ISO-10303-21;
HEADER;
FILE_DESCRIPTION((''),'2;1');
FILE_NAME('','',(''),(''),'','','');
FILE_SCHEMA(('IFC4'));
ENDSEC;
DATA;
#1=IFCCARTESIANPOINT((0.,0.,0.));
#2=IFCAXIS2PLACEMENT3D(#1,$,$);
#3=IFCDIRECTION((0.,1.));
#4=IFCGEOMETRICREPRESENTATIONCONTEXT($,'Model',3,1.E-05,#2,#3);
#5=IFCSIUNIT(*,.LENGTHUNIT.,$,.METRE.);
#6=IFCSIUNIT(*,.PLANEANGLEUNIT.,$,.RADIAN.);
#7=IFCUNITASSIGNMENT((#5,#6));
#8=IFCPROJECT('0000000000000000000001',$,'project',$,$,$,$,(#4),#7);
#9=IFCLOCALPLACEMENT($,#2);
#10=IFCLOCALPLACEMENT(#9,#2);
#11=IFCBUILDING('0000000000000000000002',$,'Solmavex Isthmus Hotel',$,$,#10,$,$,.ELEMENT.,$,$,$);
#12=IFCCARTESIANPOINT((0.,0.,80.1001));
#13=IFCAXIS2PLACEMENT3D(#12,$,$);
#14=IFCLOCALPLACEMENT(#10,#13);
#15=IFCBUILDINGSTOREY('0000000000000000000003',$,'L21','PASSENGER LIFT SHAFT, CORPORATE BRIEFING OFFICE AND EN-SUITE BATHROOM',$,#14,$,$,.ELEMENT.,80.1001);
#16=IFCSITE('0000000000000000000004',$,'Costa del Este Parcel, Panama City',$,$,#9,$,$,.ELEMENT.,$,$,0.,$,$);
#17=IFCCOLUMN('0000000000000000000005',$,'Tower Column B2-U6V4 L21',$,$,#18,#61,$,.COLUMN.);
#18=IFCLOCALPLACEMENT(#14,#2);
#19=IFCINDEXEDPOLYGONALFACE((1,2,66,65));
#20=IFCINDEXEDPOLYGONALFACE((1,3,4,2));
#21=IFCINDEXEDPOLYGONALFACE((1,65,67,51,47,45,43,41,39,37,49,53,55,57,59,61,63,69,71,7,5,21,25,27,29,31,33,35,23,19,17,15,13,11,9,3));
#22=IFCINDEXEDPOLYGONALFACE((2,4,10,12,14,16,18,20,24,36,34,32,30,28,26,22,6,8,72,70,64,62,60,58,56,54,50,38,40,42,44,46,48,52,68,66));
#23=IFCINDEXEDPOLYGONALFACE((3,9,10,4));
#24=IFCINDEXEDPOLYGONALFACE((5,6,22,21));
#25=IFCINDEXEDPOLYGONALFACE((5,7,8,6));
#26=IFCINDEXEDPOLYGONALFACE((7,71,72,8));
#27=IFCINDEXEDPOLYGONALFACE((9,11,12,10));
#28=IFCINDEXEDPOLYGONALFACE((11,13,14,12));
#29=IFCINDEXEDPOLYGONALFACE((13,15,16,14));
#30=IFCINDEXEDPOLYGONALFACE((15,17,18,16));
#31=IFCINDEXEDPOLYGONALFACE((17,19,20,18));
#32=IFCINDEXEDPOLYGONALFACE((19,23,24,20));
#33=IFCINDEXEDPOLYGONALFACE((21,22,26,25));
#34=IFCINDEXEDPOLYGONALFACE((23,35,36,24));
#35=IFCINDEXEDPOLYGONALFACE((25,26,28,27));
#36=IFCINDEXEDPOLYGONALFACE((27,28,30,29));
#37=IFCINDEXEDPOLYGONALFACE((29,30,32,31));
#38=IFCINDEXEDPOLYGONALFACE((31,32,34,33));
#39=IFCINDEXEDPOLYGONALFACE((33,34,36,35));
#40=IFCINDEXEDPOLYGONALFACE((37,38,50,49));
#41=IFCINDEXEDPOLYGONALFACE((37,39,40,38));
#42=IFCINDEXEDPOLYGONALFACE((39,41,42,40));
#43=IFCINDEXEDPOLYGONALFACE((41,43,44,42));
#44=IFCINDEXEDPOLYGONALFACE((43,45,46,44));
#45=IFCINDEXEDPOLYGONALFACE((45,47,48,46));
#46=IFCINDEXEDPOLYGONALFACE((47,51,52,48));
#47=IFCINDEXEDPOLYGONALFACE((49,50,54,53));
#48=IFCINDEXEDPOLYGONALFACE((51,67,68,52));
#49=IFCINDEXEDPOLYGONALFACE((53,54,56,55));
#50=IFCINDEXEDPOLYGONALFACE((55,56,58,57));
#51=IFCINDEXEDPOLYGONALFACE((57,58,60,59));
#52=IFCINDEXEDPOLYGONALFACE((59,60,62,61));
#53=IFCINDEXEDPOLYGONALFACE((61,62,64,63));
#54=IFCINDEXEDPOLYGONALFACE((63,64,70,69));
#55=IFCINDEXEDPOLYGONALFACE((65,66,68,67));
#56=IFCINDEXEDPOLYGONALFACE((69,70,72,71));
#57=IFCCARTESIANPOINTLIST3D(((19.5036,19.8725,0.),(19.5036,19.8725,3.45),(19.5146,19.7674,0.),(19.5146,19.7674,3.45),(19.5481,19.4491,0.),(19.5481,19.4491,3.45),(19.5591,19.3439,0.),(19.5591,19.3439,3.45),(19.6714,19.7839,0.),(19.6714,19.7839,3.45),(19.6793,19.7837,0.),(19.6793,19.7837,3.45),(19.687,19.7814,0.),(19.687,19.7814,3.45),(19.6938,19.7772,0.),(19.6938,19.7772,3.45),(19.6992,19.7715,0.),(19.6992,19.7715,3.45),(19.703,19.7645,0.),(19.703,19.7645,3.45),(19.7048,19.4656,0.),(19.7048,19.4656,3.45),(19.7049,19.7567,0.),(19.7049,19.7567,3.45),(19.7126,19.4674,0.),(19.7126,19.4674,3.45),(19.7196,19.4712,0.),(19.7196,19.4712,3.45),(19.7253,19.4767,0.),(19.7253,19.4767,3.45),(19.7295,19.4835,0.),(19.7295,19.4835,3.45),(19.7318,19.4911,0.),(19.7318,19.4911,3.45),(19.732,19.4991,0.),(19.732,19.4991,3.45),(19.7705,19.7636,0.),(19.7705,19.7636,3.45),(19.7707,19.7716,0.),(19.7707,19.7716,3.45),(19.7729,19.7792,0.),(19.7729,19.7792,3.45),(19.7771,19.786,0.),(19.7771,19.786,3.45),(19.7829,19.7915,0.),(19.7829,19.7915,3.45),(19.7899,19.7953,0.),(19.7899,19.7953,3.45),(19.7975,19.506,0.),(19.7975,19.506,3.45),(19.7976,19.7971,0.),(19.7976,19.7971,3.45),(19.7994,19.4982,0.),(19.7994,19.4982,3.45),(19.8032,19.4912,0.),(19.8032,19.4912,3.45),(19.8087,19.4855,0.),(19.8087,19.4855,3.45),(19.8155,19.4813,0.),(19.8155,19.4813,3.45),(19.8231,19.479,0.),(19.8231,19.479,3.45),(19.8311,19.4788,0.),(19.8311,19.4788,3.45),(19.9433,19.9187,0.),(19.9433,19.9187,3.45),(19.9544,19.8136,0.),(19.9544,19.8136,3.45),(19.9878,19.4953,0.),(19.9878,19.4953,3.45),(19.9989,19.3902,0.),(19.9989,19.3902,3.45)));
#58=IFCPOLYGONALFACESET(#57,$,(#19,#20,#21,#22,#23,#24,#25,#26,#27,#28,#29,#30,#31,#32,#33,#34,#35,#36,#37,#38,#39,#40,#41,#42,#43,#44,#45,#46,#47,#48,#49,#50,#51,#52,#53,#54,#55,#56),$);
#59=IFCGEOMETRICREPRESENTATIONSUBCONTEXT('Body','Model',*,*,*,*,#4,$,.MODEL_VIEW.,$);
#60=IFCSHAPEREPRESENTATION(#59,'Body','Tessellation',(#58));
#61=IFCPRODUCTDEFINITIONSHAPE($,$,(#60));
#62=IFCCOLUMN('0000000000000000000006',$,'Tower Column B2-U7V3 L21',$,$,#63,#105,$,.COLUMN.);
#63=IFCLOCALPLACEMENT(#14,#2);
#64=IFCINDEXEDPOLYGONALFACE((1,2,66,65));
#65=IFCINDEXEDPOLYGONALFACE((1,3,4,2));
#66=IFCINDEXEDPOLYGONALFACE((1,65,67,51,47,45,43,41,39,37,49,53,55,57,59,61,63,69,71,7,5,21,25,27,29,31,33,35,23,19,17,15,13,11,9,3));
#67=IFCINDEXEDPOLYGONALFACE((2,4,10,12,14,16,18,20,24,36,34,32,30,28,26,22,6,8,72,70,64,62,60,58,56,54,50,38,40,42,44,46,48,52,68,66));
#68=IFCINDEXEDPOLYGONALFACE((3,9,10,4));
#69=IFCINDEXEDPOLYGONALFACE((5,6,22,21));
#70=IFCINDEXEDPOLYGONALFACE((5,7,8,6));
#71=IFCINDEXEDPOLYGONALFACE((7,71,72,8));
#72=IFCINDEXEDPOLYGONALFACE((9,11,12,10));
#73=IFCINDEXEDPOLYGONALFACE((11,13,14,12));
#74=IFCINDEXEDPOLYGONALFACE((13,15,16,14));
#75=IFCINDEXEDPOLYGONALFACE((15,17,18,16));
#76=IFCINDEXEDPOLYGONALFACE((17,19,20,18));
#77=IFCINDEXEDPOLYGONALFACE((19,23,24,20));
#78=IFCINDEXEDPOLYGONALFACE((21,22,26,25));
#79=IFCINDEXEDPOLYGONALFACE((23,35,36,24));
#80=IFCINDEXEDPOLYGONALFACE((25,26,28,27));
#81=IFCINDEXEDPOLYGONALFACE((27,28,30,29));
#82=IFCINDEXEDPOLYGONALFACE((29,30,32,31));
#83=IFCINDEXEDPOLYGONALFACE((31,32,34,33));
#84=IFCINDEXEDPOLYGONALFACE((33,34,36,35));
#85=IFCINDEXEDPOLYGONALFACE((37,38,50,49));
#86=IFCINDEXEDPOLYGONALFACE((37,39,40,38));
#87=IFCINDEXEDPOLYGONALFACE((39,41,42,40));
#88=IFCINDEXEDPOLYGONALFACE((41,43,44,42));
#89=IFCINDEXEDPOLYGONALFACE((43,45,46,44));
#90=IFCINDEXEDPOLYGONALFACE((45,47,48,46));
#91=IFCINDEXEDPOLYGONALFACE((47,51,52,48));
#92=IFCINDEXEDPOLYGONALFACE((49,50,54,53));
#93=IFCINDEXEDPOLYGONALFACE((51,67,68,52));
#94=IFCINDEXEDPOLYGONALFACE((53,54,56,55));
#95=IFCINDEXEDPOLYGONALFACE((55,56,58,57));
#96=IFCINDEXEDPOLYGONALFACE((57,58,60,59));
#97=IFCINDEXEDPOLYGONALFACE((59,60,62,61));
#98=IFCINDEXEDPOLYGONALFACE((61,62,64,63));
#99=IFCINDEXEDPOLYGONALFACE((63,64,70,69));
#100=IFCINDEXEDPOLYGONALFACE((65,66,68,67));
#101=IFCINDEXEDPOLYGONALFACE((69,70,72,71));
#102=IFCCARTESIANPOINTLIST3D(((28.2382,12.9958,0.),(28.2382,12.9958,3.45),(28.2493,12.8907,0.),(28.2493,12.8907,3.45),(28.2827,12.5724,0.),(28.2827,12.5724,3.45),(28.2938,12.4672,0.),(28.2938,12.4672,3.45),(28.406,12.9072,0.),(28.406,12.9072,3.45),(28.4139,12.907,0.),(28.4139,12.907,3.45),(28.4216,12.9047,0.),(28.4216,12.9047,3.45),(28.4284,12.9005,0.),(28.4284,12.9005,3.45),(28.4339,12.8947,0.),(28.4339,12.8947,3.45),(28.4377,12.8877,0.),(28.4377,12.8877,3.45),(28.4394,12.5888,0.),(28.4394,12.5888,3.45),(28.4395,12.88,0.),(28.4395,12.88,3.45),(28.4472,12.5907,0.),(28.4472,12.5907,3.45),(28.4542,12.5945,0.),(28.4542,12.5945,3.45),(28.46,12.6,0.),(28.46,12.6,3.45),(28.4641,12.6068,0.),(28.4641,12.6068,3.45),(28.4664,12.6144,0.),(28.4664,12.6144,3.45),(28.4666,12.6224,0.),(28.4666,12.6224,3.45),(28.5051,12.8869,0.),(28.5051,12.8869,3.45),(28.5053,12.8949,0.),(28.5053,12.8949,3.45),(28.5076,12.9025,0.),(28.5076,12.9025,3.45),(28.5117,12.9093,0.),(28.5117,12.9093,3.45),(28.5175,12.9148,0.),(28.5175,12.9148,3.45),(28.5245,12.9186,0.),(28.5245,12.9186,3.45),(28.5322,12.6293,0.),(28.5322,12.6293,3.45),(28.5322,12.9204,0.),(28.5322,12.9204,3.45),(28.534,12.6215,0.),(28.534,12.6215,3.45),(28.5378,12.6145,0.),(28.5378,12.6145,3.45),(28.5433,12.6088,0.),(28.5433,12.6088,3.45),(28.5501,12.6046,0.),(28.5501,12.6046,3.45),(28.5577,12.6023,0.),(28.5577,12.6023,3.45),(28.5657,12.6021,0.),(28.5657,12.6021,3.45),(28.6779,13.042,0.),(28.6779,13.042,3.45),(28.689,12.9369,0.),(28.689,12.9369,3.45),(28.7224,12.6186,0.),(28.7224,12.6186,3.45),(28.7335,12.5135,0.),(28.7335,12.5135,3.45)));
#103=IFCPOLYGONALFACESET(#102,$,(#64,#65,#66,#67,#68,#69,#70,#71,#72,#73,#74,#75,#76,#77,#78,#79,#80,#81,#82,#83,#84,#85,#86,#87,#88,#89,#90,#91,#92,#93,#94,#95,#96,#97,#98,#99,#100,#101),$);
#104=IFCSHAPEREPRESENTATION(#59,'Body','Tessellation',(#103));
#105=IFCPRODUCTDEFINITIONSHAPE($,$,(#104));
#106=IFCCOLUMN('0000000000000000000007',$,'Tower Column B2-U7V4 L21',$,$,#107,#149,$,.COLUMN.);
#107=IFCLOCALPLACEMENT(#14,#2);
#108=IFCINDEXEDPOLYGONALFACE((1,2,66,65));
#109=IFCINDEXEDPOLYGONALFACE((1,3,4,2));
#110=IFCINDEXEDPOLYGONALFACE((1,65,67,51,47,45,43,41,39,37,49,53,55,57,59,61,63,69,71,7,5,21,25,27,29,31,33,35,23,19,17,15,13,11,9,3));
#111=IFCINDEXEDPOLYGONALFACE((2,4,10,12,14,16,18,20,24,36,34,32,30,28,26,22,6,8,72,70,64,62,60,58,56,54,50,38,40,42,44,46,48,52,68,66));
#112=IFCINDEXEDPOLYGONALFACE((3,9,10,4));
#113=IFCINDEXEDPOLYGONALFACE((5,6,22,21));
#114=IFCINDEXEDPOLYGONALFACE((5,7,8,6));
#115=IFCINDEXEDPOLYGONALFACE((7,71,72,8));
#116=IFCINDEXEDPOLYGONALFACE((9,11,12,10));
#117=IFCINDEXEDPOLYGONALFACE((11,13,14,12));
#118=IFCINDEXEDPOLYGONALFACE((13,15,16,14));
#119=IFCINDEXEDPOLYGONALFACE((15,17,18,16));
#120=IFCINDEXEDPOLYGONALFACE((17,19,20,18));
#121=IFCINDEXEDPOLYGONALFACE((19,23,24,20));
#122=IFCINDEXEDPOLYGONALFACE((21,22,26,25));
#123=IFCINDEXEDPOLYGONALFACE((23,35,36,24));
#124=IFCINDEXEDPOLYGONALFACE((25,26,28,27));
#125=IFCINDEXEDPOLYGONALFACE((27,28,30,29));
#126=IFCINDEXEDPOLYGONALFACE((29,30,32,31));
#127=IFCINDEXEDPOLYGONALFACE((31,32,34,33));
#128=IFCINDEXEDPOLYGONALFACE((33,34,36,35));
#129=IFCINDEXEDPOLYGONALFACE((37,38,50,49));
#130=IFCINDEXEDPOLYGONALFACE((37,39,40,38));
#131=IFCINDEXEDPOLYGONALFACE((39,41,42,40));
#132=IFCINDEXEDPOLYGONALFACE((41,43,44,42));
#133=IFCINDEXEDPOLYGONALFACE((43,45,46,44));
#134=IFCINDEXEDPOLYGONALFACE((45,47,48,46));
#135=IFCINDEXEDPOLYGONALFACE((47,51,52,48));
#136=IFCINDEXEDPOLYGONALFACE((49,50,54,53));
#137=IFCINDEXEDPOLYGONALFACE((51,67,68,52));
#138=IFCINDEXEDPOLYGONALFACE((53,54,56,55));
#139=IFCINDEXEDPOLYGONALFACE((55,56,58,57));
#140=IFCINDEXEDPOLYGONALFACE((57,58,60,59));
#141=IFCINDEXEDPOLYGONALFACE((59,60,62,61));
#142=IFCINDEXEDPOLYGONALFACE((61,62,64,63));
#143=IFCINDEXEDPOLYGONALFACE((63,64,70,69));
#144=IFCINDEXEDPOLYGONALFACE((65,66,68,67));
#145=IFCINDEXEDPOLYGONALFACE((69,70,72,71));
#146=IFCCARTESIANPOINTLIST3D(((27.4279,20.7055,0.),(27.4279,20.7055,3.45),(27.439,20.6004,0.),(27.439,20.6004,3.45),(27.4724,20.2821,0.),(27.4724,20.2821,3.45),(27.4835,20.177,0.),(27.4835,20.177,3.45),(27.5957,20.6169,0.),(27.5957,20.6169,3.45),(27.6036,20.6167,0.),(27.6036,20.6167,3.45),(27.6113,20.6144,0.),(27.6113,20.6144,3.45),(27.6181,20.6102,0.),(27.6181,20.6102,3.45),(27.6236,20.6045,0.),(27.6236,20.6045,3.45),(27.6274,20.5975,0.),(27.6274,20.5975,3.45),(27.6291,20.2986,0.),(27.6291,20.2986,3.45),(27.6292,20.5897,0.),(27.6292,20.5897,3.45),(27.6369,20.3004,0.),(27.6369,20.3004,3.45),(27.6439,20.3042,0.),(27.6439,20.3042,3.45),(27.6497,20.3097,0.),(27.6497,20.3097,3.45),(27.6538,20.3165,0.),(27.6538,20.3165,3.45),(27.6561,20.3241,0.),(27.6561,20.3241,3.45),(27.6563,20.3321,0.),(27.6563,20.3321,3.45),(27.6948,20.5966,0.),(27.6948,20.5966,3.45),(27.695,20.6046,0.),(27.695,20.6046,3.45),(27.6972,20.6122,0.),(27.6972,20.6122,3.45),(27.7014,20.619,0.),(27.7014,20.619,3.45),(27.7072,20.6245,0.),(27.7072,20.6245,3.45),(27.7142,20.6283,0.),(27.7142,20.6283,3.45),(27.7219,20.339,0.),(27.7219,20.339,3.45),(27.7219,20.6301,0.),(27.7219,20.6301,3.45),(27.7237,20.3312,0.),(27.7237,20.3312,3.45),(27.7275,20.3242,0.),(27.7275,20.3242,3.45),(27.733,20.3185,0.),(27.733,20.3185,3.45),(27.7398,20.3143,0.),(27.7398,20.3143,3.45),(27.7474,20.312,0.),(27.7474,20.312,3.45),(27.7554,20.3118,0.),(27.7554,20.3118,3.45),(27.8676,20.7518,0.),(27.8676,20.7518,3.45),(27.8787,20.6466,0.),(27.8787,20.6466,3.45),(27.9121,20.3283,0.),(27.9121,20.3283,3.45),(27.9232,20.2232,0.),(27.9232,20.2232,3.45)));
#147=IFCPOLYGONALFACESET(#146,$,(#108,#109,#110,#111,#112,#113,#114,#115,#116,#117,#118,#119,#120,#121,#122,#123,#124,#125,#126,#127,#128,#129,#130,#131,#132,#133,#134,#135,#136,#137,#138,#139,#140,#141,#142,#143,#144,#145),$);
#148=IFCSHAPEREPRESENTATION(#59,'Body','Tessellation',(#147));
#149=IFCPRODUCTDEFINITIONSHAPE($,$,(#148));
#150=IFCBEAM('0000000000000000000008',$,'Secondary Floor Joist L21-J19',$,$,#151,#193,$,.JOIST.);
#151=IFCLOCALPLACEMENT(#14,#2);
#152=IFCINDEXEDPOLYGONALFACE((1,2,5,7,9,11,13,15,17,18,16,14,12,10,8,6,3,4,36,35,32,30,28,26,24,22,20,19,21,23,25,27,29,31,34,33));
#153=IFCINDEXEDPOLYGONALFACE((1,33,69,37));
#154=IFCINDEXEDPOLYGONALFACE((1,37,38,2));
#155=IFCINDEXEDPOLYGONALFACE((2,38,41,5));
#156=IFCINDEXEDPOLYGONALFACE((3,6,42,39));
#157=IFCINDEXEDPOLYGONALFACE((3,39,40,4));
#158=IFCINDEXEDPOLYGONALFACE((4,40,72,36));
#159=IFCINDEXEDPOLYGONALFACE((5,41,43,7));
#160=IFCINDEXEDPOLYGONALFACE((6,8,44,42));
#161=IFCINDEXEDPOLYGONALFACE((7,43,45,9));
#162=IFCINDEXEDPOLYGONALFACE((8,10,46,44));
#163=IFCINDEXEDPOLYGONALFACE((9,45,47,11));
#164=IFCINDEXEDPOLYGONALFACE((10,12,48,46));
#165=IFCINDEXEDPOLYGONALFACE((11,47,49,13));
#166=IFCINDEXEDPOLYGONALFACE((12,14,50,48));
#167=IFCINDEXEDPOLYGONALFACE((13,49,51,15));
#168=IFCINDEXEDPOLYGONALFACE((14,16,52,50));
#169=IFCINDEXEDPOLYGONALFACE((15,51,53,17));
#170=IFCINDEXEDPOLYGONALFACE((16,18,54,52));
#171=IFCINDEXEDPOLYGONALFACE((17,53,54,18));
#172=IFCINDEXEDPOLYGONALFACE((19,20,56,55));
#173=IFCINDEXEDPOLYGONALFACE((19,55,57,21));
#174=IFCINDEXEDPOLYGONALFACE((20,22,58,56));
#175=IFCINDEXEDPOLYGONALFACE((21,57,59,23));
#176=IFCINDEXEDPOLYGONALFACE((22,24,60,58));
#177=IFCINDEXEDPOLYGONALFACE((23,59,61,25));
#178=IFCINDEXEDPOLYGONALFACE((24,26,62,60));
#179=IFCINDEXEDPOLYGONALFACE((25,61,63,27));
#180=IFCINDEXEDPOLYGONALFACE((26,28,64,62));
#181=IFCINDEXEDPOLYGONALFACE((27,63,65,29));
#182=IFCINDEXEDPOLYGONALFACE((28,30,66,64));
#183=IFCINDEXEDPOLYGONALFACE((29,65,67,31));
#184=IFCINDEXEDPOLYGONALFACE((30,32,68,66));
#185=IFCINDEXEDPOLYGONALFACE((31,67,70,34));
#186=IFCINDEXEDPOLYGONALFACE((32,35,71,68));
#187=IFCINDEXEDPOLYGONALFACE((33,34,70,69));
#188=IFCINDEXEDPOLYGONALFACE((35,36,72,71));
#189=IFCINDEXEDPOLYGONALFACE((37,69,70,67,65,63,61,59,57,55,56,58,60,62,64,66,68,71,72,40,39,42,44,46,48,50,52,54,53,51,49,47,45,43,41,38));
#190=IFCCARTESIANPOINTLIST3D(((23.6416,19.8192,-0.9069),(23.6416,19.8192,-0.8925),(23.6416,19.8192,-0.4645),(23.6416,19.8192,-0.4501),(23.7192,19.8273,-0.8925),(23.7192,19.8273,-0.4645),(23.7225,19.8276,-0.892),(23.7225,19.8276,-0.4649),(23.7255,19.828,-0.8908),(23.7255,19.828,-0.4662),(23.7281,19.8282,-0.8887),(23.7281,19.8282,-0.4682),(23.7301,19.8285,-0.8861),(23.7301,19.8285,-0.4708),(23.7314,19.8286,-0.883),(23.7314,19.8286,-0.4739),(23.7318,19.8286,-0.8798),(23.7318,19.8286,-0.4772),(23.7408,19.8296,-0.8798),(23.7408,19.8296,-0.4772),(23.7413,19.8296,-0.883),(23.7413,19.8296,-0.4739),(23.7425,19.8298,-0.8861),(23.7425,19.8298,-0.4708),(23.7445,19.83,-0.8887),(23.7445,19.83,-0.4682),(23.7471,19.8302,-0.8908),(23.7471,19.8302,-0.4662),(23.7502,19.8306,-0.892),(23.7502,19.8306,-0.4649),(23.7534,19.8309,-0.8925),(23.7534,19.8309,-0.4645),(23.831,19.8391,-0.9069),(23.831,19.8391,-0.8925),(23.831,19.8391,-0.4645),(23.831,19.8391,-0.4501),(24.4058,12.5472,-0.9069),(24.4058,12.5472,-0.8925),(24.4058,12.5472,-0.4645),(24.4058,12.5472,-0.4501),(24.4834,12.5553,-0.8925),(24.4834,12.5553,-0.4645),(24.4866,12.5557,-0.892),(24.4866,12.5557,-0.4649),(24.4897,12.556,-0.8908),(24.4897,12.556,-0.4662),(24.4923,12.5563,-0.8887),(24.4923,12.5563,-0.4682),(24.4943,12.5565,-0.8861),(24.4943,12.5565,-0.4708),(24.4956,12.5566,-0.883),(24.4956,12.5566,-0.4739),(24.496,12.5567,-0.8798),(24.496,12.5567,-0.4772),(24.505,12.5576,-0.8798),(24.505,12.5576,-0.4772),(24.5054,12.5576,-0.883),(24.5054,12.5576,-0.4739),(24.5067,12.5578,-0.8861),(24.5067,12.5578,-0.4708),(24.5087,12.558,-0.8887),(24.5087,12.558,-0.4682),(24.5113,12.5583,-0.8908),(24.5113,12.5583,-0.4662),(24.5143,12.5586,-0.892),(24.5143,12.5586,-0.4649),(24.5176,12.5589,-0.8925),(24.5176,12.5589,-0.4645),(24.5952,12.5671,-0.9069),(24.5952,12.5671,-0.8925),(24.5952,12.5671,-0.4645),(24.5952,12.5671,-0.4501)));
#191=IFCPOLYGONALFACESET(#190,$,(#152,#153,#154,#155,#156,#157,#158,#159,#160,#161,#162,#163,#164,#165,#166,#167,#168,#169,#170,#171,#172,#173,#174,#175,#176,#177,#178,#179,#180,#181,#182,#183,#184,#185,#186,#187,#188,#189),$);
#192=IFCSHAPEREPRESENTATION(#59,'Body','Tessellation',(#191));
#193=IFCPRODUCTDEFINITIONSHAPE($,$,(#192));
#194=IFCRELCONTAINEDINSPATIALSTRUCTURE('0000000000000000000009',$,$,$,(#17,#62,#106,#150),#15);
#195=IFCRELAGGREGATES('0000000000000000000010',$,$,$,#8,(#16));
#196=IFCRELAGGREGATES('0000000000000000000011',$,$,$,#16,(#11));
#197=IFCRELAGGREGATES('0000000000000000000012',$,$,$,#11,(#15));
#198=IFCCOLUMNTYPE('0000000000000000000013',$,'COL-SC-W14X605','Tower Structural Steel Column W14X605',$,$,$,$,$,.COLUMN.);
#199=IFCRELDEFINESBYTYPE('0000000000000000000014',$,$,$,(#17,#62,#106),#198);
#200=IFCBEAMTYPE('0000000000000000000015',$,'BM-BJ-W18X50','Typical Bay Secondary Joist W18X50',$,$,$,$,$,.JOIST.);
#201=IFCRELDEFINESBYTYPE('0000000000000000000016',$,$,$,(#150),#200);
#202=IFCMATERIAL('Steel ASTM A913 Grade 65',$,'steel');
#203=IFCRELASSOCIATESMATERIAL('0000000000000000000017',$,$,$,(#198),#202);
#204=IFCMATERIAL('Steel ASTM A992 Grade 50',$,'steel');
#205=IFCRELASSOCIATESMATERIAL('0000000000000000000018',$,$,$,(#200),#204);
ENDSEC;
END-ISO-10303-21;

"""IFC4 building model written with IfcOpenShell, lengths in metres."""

from ifc_helpers import new_model, si_unit, direction, frame, origin, origin_2d, place, context, subcontext, project, spatial, i_section, extrude, material, material_profile, profile_set, type_object, element, save


model = new_model("IFC4")

# Units and contexts
model_context = context("Model", 3, precision=1e-05, world=origin(), true_north=direction((0.0, 1.0)))
body_context = subcontext(model_context, "Body", "Model", "MODEL_VIEW")
ifc_project = project(units=[si_unit("LENGTHUNIT", "METRE"), si_unit("PLANEANGLEUNIT", "RADIAN")], contexts=[model_context])

# Site, building, storey
site_placement = place(None, origin())
site = spatial("IfcSite", under=ifc_project, at=site_placement, Name="Costa del Este Parcel, Panama City", CompositionType="ELEMENT", RefElevation=0.0)
building_placement = place(site_placement, origin())
building = spatial("IfcBuilding", under=site, at=building_placement, Name="Solmavex Isthmus Hotel", CompositionType="ELEMENT")
storey_placement = place(building_placement, frame((0.0, 0.0, 80.1001)))
storey = spatial("IfcBuildingStorey", under=building, at=storey_placement, Name="L21", Description="PASSENGER LIFT SHAFT, CORPORATE BRIEFING OFFICE AND EN-SUITE BATHROOM", CompositionType="ELEMENT", Elevation=80.1001)

# Columns
ifc_material_1 = material(Name="Steel ASTM A913 Grade 65", Category="steel")
ifc_material_profile_1 = material_profile(ifc_material_1, i_section(OverallWidth=0.4421, OverallDepth=0.5315, WebThickness=0.0659, FlangeThickness=0.1057, FilletRadius=0.0305, at=origin_2d()), Name="W14X605")
ifc_profile_set_1 = profile_set([ifc_material_profile_1], Name="Steel ASTM A913 Grade 65")
column_type = type_object("IfcColumnType", Name="COL-SC-W14X605", Description="Tower Structural Steel Column W14X605", PredefinedType="COLUMN", material=ifc_profile_set_1)
for number, where, z_axis, x_axis, name in (
    (1, (19.7512, 19.6313, 0.0), (0.0, 0.0, 1.0), (0.994522, 0.104528, 0.0), "Tower Column B2-U6V4 L21"),
    (2, (28.4858, 12.7546, 0.0), (0.0, 0.0, 1.0), (0.994522, 0.104528, 0.0), "Tower Column B2-U7V3 L21"),
    (3, (27.6755, 20.4644, 0.0), (0.0, 0.0, 1.0), (0.994522, 0.104528, 0.0), "Tower Column B2-U7V4 L21"),
):
    element("IfcColumn", number, at=place(storey_placement, frame(where, z_axis=z_axis, x_axis=x_axis)), inside=storey, type_object=column_type, Name=name, PredefinedType="COLUMN", context=body_context, shape_type="SweptSolid", body=[
        extrude(i_section(OverallWidth=0.4421, OverallDepth=0.5315, WebThickness=0.0659, FlangeThickness=0.1057, FilletRadius=0.0305, at=origin_2d()), origin(), (0.0, 0.0, 1.0), 3.45),
    ])

# Beam
ifc_material_2 = material(Name="Steel ASTM A992 Grade 50", Category="steel")
ifc_material_profile_2 = material_profile(ifc_material_2, i_section(OverallWidth=0.1904, OverallDepth=0.4568, WebThickness=0.009, FlangeThickness=0.0144, FilletRadius=0.0127, at=origin_2d()), Name="W18X50")
ifc_profile_set_2 = profile_set([ifc_material_profile_2], Name="Steel ASTM A992 Grade 50")
beam_type_1 = type_object("IfcBeamType", Name="BM-BJ-W18X50", Description="Typical Bay Secondary Joist W18X50", PredefinedType="JOIST", material=ifc_profile_set_2)
beam_1_placement = place(storey_placement, frame((24.5005, 12.5571, -0.6785), z_axis=(-0.104508, 0.994524, 0.0), x_axis=(-0.994524, -0.104508, 0.0)))
element("IfcBeam", 4, at=beam_1_placement, inside=storey, type_object=beam_type_1, Name="Secondary Floor Joist L21-J19", PredefinedType="JOIST", context=body_context, shape_type="SweptSolid", body=[
    extrude(i_section(OverallWidth=0.1904, OverallDepth=0.4568, WebThickness=0.009, FlangeThickness=0.0144, FilletRadius=0.0127, at=origin_2d()), origin(), (0.0, 0.0, 1.0), 7.312),
])

save(model, "model.ifc")
